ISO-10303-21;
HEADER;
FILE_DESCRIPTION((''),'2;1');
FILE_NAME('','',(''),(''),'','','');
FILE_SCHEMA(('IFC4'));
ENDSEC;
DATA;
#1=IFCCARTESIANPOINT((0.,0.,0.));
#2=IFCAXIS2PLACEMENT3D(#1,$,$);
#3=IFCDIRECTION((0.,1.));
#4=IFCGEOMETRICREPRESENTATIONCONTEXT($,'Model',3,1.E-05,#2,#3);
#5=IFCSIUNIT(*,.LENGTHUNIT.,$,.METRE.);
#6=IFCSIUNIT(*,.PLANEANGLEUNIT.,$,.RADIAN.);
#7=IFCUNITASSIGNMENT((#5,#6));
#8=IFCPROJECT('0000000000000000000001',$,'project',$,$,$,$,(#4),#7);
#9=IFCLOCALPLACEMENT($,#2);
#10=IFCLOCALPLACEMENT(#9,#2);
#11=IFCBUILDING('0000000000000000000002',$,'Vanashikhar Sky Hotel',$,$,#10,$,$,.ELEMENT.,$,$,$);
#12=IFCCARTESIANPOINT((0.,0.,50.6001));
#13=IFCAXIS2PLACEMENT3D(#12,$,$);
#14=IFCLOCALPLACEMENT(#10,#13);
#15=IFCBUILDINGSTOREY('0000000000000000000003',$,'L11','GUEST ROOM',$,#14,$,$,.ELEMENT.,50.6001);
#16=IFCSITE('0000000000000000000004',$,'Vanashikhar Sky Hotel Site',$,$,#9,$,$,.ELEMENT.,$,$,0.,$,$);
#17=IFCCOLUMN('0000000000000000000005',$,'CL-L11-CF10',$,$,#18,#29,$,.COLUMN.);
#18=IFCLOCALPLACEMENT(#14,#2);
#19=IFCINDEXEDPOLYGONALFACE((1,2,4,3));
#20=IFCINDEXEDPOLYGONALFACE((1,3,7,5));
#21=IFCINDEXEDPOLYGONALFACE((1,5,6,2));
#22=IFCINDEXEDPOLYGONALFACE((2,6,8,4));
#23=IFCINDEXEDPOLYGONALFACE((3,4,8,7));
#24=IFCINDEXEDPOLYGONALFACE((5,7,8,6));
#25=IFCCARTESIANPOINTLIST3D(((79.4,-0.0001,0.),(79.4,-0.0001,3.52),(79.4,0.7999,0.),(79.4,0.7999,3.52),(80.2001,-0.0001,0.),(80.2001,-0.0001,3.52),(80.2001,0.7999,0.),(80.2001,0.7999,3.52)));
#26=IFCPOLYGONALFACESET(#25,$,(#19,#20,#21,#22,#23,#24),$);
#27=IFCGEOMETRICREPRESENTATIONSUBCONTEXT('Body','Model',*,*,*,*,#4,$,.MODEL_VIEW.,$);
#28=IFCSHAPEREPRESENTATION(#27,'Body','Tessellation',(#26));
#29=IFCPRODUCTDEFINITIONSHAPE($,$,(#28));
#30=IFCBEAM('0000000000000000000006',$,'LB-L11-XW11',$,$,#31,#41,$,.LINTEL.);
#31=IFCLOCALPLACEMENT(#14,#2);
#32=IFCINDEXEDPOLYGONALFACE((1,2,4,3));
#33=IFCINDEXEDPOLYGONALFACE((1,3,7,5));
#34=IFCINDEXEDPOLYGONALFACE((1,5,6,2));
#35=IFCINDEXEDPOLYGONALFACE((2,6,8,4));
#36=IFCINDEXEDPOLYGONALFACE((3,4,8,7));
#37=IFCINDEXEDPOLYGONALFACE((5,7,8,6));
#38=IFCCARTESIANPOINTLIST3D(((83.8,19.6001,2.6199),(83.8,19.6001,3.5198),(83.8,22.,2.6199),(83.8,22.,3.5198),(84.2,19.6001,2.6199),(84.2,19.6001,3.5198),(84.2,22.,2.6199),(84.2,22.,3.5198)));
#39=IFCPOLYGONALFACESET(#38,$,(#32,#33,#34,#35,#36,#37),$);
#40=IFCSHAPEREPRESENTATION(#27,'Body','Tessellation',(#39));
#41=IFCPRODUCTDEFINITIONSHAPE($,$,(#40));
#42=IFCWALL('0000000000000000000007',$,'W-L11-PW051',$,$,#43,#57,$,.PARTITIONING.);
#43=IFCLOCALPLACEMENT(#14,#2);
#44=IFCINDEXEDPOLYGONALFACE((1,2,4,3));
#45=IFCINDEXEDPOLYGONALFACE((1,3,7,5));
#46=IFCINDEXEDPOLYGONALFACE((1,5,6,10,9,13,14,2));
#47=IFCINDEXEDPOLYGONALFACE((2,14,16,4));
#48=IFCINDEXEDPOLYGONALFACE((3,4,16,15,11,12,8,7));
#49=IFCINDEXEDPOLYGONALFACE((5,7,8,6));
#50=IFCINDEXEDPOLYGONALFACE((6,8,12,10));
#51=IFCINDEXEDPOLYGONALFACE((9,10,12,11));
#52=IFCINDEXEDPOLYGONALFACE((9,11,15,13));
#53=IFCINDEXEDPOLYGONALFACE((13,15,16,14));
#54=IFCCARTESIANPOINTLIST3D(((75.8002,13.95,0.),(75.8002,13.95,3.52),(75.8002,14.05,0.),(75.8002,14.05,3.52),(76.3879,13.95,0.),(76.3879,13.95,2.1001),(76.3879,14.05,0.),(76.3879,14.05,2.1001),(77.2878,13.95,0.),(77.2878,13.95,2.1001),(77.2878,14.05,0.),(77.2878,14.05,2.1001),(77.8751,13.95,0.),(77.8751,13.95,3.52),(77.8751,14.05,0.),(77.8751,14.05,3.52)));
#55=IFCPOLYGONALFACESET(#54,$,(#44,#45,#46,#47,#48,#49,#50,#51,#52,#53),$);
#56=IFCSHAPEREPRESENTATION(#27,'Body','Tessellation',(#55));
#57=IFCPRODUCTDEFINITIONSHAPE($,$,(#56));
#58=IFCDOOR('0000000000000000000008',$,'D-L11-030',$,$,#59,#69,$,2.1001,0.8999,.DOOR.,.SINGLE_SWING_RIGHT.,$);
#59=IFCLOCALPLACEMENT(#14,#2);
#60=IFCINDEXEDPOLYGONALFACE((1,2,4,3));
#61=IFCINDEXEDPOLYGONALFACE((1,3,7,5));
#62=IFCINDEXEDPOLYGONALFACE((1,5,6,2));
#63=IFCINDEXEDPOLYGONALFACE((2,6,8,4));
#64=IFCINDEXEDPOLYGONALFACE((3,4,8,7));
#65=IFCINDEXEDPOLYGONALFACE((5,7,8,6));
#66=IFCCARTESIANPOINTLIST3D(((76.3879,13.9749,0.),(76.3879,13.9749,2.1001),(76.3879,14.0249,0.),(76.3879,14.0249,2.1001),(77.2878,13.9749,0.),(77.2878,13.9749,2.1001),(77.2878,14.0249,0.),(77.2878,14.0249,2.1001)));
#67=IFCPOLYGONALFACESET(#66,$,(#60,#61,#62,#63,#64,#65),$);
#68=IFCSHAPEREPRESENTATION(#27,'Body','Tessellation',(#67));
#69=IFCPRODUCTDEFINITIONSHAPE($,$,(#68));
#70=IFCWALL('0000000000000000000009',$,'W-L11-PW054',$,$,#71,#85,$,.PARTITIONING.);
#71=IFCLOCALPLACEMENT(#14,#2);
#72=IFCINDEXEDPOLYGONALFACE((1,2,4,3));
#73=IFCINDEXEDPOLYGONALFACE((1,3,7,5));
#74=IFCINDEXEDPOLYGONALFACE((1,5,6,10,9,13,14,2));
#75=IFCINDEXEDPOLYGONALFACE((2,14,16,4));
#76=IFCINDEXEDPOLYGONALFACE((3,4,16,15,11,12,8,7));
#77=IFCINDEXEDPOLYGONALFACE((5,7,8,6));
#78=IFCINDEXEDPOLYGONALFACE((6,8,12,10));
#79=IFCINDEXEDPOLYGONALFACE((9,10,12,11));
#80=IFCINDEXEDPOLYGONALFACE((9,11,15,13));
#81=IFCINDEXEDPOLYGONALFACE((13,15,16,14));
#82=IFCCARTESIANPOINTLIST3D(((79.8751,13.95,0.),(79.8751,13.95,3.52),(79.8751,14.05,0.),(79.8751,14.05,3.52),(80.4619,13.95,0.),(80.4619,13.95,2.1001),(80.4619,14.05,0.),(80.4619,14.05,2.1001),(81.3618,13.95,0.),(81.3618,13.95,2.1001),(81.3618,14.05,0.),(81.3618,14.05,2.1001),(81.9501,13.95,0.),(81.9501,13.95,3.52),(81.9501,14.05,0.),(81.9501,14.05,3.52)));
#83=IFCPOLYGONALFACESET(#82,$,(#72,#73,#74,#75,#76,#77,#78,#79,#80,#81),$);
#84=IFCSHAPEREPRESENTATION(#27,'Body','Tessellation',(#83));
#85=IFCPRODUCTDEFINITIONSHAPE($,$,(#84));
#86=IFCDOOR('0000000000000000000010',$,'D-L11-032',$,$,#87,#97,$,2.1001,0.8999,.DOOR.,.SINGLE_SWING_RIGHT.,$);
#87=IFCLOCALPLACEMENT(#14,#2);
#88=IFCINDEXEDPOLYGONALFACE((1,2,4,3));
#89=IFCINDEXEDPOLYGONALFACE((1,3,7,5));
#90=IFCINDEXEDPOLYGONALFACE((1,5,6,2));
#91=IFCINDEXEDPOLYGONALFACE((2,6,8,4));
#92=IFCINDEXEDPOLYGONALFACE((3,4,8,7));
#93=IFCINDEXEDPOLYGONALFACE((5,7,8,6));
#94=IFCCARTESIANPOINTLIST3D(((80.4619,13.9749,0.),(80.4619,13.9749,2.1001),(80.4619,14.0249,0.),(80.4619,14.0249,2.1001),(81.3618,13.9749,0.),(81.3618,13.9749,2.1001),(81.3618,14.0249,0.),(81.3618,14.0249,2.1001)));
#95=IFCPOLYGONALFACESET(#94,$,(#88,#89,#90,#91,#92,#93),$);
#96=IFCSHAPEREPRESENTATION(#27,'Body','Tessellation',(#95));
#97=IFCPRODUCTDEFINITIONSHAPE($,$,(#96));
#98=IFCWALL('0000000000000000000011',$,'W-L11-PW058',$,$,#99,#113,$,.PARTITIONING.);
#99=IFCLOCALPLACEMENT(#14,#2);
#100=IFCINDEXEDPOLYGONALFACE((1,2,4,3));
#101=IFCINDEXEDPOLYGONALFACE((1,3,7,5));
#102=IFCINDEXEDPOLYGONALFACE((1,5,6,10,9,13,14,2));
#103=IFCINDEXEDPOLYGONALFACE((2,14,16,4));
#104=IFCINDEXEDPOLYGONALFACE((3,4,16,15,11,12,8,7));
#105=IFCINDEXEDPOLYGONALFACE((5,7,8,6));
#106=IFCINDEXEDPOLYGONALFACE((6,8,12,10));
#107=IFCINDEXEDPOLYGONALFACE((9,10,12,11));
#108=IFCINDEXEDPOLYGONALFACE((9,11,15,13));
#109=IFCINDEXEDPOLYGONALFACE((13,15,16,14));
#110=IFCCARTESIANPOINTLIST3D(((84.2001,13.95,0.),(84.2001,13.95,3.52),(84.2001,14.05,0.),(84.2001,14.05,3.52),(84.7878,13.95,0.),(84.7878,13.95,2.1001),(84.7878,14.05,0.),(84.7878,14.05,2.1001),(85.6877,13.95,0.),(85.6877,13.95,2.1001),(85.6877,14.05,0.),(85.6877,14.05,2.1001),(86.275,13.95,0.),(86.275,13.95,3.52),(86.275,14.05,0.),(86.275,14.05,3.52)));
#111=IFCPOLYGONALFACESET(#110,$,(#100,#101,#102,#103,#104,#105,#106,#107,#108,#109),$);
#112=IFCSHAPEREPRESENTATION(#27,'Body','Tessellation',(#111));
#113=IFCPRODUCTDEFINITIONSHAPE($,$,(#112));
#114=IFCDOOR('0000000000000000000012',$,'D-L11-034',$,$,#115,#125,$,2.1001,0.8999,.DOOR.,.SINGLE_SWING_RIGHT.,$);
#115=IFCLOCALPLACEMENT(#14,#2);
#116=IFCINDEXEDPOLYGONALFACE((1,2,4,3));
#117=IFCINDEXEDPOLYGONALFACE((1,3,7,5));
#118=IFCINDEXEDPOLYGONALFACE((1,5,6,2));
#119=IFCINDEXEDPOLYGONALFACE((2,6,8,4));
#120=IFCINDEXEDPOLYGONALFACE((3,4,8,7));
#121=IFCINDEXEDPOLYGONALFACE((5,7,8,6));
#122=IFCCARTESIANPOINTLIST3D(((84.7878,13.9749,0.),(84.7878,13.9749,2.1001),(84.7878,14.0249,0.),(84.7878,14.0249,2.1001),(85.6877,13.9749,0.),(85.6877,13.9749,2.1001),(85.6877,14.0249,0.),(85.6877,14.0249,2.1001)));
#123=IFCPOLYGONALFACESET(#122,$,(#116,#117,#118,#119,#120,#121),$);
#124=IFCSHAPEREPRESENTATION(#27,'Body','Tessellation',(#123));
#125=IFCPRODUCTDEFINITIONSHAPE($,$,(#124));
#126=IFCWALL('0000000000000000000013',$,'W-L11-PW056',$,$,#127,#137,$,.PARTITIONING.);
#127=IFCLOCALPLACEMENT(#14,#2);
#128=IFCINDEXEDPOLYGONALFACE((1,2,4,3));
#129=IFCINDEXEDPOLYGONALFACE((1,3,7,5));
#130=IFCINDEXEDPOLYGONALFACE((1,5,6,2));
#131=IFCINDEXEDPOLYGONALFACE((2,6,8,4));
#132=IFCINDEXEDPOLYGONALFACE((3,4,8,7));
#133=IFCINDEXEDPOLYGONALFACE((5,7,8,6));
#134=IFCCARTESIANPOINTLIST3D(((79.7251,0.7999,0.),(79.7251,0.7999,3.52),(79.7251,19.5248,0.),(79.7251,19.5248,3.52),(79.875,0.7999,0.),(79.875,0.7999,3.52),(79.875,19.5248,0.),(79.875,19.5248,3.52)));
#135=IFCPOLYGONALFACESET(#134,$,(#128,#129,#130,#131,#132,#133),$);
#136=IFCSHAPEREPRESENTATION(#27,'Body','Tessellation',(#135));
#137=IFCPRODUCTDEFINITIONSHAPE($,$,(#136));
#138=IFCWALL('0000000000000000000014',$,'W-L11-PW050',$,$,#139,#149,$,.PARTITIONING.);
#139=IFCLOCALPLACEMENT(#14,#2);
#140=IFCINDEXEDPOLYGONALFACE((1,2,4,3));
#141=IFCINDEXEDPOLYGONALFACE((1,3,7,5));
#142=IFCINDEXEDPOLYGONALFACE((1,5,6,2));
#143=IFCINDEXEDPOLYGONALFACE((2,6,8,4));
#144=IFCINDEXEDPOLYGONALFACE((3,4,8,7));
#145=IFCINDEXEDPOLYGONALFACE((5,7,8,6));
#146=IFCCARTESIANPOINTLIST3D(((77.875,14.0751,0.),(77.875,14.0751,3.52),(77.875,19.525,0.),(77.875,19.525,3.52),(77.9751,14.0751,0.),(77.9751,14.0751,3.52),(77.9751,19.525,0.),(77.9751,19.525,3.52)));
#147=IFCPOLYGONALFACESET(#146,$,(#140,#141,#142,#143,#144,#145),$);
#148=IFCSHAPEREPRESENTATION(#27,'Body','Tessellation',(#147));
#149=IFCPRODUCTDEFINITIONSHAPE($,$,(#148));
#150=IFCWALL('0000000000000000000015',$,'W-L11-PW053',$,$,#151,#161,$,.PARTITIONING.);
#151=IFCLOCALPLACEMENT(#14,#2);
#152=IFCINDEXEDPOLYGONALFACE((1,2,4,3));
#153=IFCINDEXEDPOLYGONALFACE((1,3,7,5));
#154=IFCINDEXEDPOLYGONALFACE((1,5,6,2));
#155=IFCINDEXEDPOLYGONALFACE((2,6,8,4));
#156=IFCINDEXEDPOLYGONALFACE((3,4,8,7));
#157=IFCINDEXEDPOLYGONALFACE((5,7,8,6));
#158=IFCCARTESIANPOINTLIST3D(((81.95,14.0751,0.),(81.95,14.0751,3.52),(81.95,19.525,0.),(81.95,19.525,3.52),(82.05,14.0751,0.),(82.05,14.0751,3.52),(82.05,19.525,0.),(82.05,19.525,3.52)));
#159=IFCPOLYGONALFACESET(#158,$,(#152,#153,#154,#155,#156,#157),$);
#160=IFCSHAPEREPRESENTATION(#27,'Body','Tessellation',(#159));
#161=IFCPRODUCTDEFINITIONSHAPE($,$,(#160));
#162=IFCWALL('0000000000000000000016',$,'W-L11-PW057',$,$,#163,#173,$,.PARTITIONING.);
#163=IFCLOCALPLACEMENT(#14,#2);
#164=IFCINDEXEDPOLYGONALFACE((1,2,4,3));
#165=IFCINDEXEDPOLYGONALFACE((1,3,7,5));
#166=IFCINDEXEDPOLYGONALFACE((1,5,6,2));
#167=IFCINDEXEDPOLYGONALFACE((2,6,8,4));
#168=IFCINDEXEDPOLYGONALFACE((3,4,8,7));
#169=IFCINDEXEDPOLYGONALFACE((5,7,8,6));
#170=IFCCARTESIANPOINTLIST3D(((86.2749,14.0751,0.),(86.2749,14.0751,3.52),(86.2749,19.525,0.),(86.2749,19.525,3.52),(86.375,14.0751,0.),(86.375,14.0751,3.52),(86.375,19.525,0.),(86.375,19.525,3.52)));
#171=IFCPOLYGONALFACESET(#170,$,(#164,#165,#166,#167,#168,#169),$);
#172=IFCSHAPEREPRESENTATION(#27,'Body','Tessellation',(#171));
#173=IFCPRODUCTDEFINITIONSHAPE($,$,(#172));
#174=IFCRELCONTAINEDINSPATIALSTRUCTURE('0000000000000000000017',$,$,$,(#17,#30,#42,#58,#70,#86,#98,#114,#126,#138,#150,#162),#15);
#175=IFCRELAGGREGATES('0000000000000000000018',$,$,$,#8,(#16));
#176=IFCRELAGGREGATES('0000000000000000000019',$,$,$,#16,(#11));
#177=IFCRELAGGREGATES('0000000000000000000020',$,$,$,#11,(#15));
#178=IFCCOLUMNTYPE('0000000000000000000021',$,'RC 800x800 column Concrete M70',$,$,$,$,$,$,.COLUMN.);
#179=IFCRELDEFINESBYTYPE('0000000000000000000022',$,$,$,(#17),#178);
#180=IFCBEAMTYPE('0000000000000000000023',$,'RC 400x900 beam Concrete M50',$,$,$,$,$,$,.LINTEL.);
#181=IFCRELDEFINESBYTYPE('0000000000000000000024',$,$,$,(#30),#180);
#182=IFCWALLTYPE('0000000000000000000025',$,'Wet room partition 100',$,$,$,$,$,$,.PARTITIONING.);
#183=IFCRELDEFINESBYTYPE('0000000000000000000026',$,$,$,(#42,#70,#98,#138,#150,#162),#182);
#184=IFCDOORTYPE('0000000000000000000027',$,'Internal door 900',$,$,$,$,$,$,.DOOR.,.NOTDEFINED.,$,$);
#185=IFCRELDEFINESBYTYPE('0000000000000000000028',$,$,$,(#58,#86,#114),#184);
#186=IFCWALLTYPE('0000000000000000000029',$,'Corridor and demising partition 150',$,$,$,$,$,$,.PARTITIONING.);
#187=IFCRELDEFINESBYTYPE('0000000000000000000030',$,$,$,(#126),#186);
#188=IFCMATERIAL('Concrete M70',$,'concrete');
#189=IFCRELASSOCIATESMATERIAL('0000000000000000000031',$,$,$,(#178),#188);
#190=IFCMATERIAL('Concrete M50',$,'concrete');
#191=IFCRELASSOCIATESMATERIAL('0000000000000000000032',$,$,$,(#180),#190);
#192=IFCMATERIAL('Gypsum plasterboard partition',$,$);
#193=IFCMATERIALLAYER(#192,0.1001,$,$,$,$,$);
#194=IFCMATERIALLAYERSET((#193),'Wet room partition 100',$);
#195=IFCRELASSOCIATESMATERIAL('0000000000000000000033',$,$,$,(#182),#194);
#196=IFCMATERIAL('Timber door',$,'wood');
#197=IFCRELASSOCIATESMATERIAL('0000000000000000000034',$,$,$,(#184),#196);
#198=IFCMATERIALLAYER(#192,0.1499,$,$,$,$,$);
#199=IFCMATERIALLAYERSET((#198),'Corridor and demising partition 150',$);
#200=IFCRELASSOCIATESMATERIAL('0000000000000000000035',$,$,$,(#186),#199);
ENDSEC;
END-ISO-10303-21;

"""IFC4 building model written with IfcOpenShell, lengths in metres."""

from ifc_helpers import new_model, si_unit, direction, frame, frame_2d, origin, origin_2d, place, context, subcontext, project, spatial, rectangle, extrude, source, transform, mapped, material, layer, layer_set, material_profile, profile_set, type_object, element, fill, save


model = new_model("IFC4")

# Units and contexts
model_context = context("Model", 3, precision=1e-05, world=origin(), true_north=direction((0.0, 1.0)))
body_context = subcontext(model_context, "Body", "Model", "MODEL_VIEW")
ifc_project = project(units=[si_unit("LENGTHUNIT", "METRE"), si_unit("PLANEANGLEUNIT", "RADIAN")], contexts=[model_context])

# Site, building, storey
site_placement = place(None, origin())
site = spatial("IfcSite", under=ifc_project, at=site_placement, Name="Vanashikhar Sky Hotel Site", CompositionType="ELEMENT", RefElevation=0.0)
building_placement = place(site_placement, origin())
building = spatial("IfcBuilding", under=site, at=building_placement, Name="Vanashikhar Sky Hotel", CompositionType="ELEMENT")
storey_placement = place(building_placement, frame((0.0, 0.0, 50.6001)))
storey = spatial("IfcBuildingStorey", under=building, at=storey_placement, Name="L11", Description="GUEST ROOM", CompositionType="ELEMENT", Elevation=50.6001)

# Column
ifc_material_1 = material(Name="Concrete M70", Category="concrete")
ifc_material_profile_1 = material_profile(ifc_material_1, rectangle(XDim=0.8, YDim=0.8, at=origin_2d()))
ifc_profile_set_1 = profile_set([ifc_material_profile_1], Name="RC 800x800 column Concrete M70")
column_type = type_object("IfcColumnType", Name="RC 800x800 column Concrete M70", PredefinedType="COLUMN", material=ifc_profile_set_1)
shared_shape_1 = source(origin(), body_context, "Body", "SweptSolid", [
    extrude(rectangle(XDim=0.8, YDim=0.8, at=origin_2d()), origin(), (0.0, 0.0, 1.0), 3.52),
])
column_placement = place(storey_placement, frame((79.8, 0.3999, 0.0), z_axis=(0.0, 0.0, 1.0), x_axis=(1.0, 0.0, 0.0)))
element("IfcColumn", 1, at=column_placement, inside=storey, type_object=column_type, Name="CL-L11-CF10", PredefinedType="COLUMN", context=body_context, shape_type="MappedRepresentation", body=[
    mapped(shared_shape_1, transform((0.0, 0.0, 0.0), scale=1.0)),
])

# Beam
ifc_material_2 = material(Name="Concrete M50", Category="concrete")
ifc_material_profile_2 = material_profile(ifc_material_2, rectangle(XDim=0.3999, YDim=0.8999, at=origin_2d()))
ifc_profile_set_2 = profile_set([ifc_material_profile_2], Name="RC 400x900 beam Concrete M50")
beam_type = type_object("IfcBeamType", Name="RC 400x900 beam Concrete M50", PredefinedType="LINTEL", material=ifc_profile_set_2)
shared_shape_2 = source(origin(), body_context, "Body", "SweptSolid", [
    extrude(rectangle(XDim=0.3999, YDim=0.8999, at=origin_2d()), origin(), (0.0, 0.0, 1.0), 2.3999),
])
beam_placement = place(storey_placement, frame((84.0, 19.6001, 3.0698), z_axis=(0.0, 1.0, 0.0), x_axis=(-1.0, 0.0, 0.0)))
element("IfcBeam", 2, at=beam_placement, inside=storey, type_object=beam_type, Name="LB-L11-XW11", PredefinedType="LINTEL", context=body_context, shape_type="MappedRepresentation", body=[
    mapped(shared_shape_2, transform((0.0, 0.0, 0.0), scale=1.0)),
])

# Walls, openings, doors
ifc_material_3 = material(Name="Gypsum plasterboard partition")
ifc_layer_1 = layer(ifc_material_3, 0.1001)
ifc_layer_set_1 = layer_set([ifc_layer_1], Name="Wet room partition 100")
wall_type_1 = type_object("IfcWallType", Name="Wet room partition 100", PredefinedType="PARTITIONING", material=ifc_layer_set_1)
shared_shape_3 = source(origin(), body_context, "Body", "SweptSolid", [
    extrude(rectangle(XDim=2.075, YDim=0.1001, at=frame_2d((1.0376, 0.0))), origin(), (0.0, 0.0, 1.0), 3.52),
])
wall_1_placement = place(storey_placement, frame((75.8, 14.0, 0.0), z_axis=(0.0, 0.0, 1.0), x_axis=(1.0, 0.0, 0.0)))
wall_1 = element("IfcWall", 3, at=wall_1_placement, inside=storey, type_object=wall_type_1, Name="W-L11-PW051", PredefinedType="PARTITIONING", context=body_context, shape_type="MappedRepresentation", body=[
    mapped(shared_shape_3, transform((0.0, 0.0, 0.0), scale=1.0)),
])
shared_shape_4 = source(origin(), body_context, "Body", "SweptSolid", [
    extrude(rectangle(XDim=0.8999, YDim=2.1001, at=frame_2d((0.45, 1.05))), frame((0.0, 0.0601, 0.0), z_axis=(0.0, -1.0, 0.0), x_axis=(1.0, 0.0, 0.0)), (0.0, 0.0, 1.0), 0.1201),
])
opening_1_placement = place(wall_1_placement, frame((0.5879, 0.0, 0.0)))
opening_1 = element("IfcOpeningElement", 4, at=opening_1_placement, cuts=wall_1, PredefinedType="OPENING", context=body_context, shape_type="MappedRepresentation", body=[
    mapped(shared_shape_4, transform((0.0, 0.0, 0.0), scale=1.0)),
])
ifc_material_4 = material(Name="Timber door", Category="wood")
door_type_1 = type_object("IfcDoorType", Name="Internal door 900", OperationType="NOTDEFINED", PredefinedType="DOOR", material=ifc_material_4)
shared_shape_5 = source(origin(), body_context, "Body", "SweptSolid", [
    extrude(rectangle(XDim=0.8999, YDim=2.1001, at=frame_2d((0.45, 1.05))), frame((0.0, 0.0249, 0.0), z_axis=(0.0, -1.0, 0.0), x_axis=(1.0, 0.0, 0.0)), (0.0, 0.0, 1.0), 0.05),
])
door_1_placement = place(opening_1_placement, origin())
door_1 = element("IfcDoor", 5, at=door_1_placement, inside=storey, type_object=door_type_1, Name="D-L11-030", OperationType="SINGLE_SWING_RIGHT", OverallHeight=2.1001, OverallWidth=0.8999, PredefinedType="DOOR", context=body_context, shape_type="MappedRepresentation", body=[
    mapped(shared_shape_5, transform((0.0, 0.0, 0.0), scale=1.0)),
])
fill(opening_1, door_1)
wall_2_placement = place(storey_placement, frame((79.875, 14.0, 0.0), z_axis=(0.0, 0.0, 1.0), x_axis=(1.0, 0.0, 0.0)))
wall_2 = element("IfcWall", 6, at=wall_2_placement, inside=storey, type_object=wall_type_1, Name="W-L11-PW054", PredefinedType="PARTITIONING", context=body_context, shape_type="MappedRepresentation", body=[
    mapped(shared_shape_3, transform((0.0, 0.0, 0.0), scale=1.0)),
])
opening_2_placement = place(wall_2_placement, frame((0.5869, 0.0, 0.0)))
opening_2 = element("IfcOpeningElement", 7, at=opening_2_placement, cuts=wall_2, PredefinedType="OPENING", context=body_context, shape_type="MappedRepresentation", body=[
    mapped(shared_shape_4, transform((0.0, 0.0, 0.0), scale=1.0)),
])
door_2_placement = place(opening_2_placement, origin())
door_2 = element("IfcDoor", 8, at=door_2_placement, inside=storey, type_object=door_type_1, Name="D-L11-032", OperationType="SINGLE_SWING_RIGHT", OverallHeight=2.1001, OverallWidth=0.8999, PredefinedType="DOOR", context=body_context, shape_type="MappedRepresentation", body=[
    mapped(shared_shape_5, transform((0.0, 0.0, 0.0), scale=1.0)),
])
fill(opening_2, door_2)
wall_3_placement = place(storey_placement, frame((84.2, 14.0, 0.0), z_axis=(0.0, 0.0, 1.0), x_axis=(1.0, 0.0, 0.0)))
wall_3 = element("IfcWall", 9, at=wall_3_placement, inside=storey, type_object=wall_type_1, Name="W-L11-PW058", PredefinedType="PARTITIONING", context=body_context, shape_type="MappedRepresentation", body=[
    mapped(shared_shape_3, transform((0.0, 0.0, 0.0), scale=1.0)),
])
opening_3_placement = place(wall_3_placement, frame((0.5879, 0.0, 0.0)))
opening_3 = element("IfcOpeningElement", 10, at=opening_3_placement, cuts=wall_3, PredefinedType="OPENING", context=body_context, shape_type="MappedRepresentation", body=[
    mapped(shared_shape_4, transform((0.0, 0.0, 0.0), scale=1.0)),
])
door_3_placement = place(opening_3_placement, origin())
door_3 = element("IfcDoor", 11, at=door_3_placement, inside=storey, type_object=door_type_1, Name="D-L11-034", OperationType="SINGLE_SWING_RIGHT", OverallHeight=2.1001, OverallWidth=0.8999, PredefinedType="DOOR", context=body_context, shape_type="MappedRepresentation", body=[
    mapped(shared_shape_5, transform((0.0, 0.0, 0.0), scale=1.0)),
])
fill(opening_3, door_3)

# Walls
ifc_layer_2 = layer(ifc_material_3, 0.1499)
ifc_layer_set_2 = layer_set([ifc_layer_2], Name="Corridor and demising partition 150")
wall_type_2 = type_object("IfcWallType", Name="Corridor and demising partition 150", PredefinedType="PARTITIONING", material=ifc_layer_set_2)
shared_shape_6 = source(origin(), body_context, "Body", "SweptSolid", [
    extrude(rectangle(XDim=18.7249, YDim=0.1499, at=frame_2d((9.3623, 0.0))), origin(), (0.0, 0.0, 1.0), 3.52),
])
wall_4_placement = place(storey_placement, frame((79.8, 0.8, 0.0), z_axis=(0.0, 0.0, 1.0), x_axis=(0.0, 1.0, 0.0)))
element("IfcWall", 12, at=wall_4_placement, inside=storey, type_object=wall_type_2, Name="W-L11-PW056", PredefinedType="PARTITIONING", context=body_context, shape_type="MappedRepresentation", body=[
    mapped(shared_shape_6, transform((0.0, 0.0, 0.0), scale=1.0)),
])
shared_shape_7 = source(origin(), body_context, "Body", "SweptSolid", [
    extrude(rectangle(XDim=5.45, YDim=0.1001, at=frame_2d((2.7251, 0.0))), origin(), (0.0, 0.0, 1.0), 3.52),
])
for number, where, z_axis, x_axis, name in (
    (13, (77.925, 14.075, 0.0), (0.0, 0.0, 1.0), (0.0, 1.0, 0.0), "W-L11-PW050"),
    (14, (82.0, 14.075, 0.0), (0.0, 0.0, 1.0), (0.0, 1.0, 0.0), "W-L11-PW053"),
    (15, (86.325, 14.075, 0.0), (0.0, 0.0, 1.0), (0.0, 1.0, 0.0), "W-L11-PW057"),
):
    element("IfcWall", number, at=place(storey_placement, frame(where, z_axis=z_axis, x_axis=x_axis)), inside=storey, type_object=wall_type_1, Name=name, PredefinedType="PARTITIONING", context=body_context, shape_type="MappedRepresentation", body=[
        mapped(shared_shape_7, transform((0.0, 0.0, 0.0), scale=1.0)),
    ])

save(model, "model.ifc")
